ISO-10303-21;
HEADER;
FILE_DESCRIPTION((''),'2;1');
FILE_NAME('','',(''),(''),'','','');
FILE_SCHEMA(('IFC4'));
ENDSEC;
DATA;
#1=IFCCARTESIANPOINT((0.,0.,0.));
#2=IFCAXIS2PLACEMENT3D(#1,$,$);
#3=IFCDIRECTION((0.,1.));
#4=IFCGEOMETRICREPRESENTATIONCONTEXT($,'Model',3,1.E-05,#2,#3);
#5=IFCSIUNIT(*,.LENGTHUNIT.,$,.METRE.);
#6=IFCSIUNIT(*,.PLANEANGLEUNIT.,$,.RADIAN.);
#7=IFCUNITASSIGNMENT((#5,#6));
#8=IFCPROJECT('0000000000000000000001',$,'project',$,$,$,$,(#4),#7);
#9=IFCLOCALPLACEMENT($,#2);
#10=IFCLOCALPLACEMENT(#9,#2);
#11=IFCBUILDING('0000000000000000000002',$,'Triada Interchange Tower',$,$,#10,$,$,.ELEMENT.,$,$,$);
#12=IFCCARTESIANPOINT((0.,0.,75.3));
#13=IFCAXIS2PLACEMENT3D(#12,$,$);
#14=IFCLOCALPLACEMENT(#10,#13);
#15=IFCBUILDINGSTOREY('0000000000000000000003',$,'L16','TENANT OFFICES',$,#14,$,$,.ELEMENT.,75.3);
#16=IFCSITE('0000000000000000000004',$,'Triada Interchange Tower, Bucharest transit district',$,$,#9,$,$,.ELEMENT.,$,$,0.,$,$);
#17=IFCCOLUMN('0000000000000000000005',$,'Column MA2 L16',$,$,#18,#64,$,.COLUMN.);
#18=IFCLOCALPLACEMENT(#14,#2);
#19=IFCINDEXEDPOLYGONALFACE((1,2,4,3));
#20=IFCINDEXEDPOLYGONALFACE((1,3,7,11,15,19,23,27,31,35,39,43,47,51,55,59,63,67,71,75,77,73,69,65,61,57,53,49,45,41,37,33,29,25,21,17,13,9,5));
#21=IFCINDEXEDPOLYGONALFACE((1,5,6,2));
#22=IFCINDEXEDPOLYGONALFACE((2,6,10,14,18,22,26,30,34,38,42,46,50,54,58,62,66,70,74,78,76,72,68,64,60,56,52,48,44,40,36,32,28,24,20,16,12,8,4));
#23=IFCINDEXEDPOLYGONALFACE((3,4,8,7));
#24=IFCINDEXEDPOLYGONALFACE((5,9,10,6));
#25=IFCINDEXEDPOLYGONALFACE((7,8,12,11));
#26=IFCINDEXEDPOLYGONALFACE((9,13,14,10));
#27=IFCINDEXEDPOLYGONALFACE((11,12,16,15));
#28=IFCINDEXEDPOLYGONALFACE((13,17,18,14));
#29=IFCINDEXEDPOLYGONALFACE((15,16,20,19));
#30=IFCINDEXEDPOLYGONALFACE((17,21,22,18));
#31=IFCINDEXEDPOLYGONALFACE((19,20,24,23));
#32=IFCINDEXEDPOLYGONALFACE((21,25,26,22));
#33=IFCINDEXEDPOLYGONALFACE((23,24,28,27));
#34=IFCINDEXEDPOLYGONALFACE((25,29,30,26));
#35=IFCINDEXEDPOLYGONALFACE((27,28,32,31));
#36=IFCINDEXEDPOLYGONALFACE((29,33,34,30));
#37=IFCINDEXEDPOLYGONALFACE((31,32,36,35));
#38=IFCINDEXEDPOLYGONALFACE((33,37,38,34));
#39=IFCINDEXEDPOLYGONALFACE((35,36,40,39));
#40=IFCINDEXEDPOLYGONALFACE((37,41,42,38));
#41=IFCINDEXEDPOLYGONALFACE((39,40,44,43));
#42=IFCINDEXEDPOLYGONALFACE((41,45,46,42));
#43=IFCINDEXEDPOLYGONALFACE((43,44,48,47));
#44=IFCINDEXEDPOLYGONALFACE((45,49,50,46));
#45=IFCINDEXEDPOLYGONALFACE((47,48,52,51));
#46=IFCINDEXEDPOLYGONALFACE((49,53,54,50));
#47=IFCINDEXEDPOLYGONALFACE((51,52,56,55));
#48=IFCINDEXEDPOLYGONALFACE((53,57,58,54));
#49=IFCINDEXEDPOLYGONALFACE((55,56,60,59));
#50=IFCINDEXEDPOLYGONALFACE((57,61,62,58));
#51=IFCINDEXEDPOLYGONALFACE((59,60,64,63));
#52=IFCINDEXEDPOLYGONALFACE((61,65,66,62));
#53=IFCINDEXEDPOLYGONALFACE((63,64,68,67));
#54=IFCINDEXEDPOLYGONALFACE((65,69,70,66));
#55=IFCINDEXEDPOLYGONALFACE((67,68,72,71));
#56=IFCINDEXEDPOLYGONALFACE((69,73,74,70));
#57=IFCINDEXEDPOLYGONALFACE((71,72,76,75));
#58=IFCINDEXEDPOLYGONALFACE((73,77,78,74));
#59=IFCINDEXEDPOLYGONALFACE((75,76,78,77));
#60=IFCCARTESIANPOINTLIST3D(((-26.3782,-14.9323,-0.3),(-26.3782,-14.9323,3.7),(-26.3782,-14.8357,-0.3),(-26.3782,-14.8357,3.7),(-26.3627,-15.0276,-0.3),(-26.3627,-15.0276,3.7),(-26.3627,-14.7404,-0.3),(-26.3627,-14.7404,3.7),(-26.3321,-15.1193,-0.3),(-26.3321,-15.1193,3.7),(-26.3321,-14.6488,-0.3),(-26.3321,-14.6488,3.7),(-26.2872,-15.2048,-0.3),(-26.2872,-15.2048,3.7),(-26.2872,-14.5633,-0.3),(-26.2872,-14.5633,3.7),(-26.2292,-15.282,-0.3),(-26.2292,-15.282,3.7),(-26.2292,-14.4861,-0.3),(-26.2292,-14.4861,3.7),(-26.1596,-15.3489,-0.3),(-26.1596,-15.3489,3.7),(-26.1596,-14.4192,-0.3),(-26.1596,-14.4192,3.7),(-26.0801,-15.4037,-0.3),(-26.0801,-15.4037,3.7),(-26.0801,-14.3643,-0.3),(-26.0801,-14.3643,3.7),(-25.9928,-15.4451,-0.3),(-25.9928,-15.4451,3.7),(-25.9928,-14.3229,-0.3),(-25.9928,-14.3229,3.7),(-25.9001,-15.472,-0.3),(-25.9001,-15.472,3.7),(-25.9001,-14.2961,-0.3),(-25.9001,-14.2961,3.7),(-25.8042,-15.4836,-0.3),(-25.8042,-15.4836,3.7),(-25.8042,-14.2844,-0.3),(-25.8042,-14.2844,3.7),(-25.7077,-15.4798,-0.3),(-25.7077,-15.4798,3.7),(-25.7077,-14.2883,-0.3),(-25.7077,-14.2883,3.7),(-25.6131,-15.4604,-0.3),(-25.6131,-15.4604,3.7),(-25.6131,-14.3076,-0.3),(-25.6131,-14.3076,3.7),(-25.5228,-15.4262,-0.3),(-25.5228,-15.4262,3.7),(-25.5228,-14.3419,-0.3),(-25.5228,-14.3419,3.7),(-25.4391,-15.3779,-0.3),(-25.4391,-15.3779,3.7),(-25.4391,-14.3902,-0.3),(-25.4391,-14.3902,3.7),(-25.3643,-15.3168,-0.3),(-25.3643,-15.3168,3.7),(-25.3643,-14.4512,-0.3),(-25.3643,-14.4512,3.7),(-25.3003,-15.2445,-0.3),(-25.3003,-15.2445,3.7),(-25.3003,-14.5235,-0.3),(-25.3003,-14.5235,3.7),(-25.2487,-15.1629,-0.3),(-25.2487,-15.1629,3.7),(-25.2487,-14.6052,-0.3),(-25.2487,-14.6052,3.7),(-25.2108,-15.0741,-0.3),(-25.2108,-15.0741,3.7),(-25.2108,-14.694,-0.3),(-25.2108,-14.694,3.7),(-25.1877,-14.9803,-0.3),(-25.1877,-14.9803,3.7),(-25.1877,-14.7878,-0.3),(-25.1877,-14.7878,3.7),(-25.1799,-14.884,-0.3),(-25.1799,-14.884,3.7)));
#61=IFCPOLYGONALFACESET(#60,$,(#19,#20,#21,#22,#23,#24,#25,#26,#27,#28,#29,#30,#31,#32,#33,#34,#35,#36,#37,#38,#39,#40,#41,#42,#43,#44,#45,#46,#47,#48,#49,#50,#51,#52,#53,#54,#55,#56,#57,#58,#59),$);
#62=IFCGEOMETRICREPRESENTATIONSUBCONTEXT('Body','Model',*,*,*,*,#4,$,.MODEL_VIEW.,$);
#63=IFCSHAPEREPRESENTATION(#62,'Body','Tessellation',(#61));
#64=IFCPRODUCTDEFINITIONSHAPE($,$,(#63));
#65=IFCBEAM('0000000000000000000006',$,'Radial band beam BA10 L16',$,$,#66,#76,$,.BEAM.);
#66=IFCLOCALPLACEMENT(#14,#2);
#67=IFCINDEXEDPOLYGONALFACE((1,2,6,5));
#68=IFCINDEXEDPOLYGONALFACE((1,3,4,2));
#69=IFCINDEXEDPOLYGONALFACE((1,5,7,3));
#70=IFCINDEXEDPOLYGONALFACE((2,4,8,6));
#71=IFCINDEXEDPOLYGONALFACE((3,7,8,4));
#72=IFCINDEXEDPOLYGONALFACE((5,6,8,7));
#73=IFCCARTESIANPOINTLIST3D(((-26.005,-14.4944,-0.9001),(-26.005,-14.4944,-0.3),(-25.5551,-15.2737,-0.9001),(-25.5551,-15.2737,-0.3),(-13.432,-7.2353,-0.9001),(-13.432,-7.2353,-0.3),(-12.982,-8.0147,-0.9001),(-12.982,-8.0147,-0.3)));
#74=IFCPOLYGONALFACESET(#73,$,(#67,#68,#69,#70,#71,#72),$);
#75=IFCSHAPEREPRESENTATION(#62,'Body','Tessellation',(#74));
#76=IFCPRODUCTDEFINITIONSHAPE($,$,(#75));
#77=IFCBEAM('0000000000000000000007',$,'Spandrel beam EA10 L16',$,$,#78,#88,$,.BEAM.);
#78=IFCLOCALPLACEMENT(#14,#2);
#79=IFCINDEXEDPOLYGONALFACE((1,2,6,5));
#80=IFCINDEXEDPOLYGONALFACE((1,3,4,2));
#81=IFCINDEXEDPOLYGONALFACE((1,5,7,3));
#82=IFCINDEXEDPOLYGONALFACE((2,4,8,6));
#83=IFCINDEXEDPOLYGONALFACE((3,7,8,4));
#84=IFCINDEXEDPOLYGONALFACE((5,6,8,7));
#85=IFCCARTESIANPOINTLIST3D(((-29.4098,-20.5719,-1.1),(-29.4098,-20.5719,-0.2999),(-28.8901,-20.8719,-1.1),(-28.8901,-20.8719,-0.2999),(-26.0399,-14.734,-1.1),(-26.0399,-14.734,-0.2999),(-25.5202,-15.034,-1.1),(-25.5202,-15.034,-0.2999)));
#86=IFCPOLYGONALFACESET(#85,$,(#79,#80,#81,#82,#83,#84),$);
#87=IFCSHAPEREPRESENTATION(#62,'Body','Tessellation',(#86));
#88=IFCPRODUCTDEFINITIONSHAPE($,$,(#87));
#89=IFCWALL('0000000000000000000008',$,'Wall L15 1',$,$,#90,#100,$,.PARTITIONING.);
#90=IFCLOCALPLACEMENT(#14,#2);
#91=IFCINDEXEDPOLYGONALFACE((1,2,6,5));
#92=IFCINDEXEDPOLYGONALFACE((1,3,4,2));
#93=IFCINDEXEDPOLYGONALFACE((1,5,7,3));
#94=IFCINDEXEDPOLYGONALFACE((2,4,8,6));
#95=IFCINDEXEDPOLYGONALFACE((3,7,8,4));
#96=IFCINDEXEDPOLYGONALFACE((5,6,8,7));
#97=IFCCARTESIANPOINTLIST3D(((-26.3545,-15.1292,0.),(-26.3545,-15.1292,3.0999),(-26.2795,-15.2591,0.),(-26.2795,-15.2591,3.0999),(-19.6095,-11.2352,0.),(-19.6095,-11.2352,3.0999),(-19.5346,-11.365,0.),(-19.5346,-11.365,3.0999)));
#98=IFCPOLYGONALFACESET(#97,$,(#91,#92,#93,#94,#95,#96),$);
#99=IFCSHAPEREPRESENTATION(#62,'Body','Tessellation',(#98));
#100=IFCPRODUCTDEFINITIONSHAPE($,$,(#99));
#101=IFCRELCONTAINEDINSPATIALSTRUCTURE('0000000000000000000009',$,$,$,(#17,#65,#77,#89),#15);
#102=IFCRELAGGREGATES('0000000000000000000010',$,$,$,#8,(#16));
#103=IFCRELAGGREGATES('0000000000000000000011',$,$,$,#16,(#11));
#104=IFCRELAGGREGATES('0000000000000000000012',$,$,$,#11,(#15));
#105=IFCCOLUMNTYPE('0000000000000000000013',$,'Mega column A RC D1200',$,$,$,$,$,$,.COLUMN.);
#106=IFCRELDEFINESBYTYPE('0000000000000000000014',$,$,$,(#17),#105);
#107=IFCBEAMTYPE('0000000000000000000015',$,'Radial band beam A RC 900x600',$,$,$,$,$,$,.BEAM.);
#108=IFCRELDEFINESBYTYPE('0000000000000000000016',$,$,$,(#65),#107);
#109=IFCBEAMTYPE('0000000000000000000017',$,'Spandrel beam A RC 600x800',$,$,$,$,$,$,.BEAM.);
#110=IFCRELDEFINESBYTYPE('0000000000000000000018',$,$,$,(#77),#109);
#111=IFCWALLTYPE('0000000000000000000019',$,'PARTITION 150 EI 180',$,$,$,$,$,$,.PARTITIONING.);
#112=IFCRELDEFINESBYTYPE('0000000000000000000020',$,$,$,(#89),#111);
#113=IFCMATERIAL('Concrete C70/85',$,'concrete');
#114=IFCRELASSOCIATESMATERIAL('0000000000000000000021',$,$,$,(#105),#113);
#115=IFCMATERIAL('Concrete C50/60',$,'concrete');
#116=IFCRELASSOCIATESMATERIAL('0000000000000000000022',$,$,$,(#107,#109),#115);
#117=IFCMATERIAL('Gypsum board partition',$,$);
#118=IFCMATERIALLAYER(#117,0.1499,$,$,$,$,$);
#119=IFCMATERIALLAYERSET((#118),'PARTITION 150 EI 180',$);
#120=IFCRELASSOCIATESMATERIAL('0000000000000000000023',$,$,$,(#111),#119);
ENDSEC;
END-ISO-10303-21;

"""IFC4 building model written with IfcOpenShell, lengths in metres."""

from ifc_helpers import new_model, si_unit, direction, frame, frame_2d, origin, origin_2d, place, context, subcontext, project, spatial, rectangle, circle, extrude, material, layer, layer_set, material_profile, profile_set, type_object, element, save


model = new_model("IFC4")

# Units and contexts
model_context = context("Model", 3, precision=1e-05, world=origin(), true_north=direction((0.0, 1.0)))
body_context = subcontext(model_context, "Body", "Model", "MODEL_VIEW")
ifc_project = project(units=[si_unit("LENGTHUNIT", "METRE"), si_unit("PLANEANGLEUNIT", "RADIAN")], contexts=[model_context])

# Site, building, storey
site_placement = place(None, origin())
site = spatial("IfcSite", under=ifc_project, at=site_placement, Name="Triada Interchange Tower, Bucharest transit district", CompositionType="ELEMENT", RefElevation=0.0)
building_placement = place(site_placement, origin())
building = spatial("IfcBuilding", under=site, at=building_placement, Name="Triada Interchange Tower", CompositionType="ELEMENT")
storey_placement = place(building_placement, frame((0.0, 0.0, 75.3)))
storey = spatial("IfcBuildingStorey", under=building, at=storey_placement, Name="L16", Description="TENANT OFFICES", CompositionType="ELEMENT", Elevation=75.3)

# Column
ifc_material_1 = material(Name="Concrete C70/85", Category="concrete")
ifc_material_profile_1 = material_profile(ifc_material_1, circle(Radius=0.6001, at=origin_2d()), Name="RC D1200")
ifc_profile_set_1 = profile_set([ifc_material_profile_1], Name="Concrete C70/85")
column_type = type_object("IfcColumnType", Name="Mega column A RC D1200", PredefinedType="COLUMN", material=ifc_profile_set_1)
column_placement = place(storey_placement, frame((-25.78, -14.884, -0.3), z_axis=(0.0, 0.0, 1.0), x_axis=(1.0, 0.0, 0.0)))
element("IfcColumn", 1, at=column_placement, inside=storey, type_object=column_type, Name="Column MA2 L16", PredefinedType="COLUMN", context=body_context, shape_type="SweptSolid", body=[
    extrude(circle(Radius=0.6001, at=origin_2d()), origin(), (0.0, 0.0, 1.0), 4.0),
])

# Beams
ifc_material_2 = material(Name="Concrete C50/60", Category="concrete")
ifc_material_profile_2 = material_profile(ifc_material_2, rectangle(XDim=0.8999, YDim=0.6001, at=origin_2d()), Name="RC 900x600")
ifc_profile_set_2 = profile_set([ifc_material_profile_2], Name="Concrete C50/60")
beam_type_1 = type_object("IfcBeamType", Name="Radial band beam A RC 900x600", PredefinedType="BEAM", material=ifc_profile_set_2)
beam_1_placement = place(storey_placement, frame((-25.78, -14.884, -0.6001), z_axis=(0.866025, 0.5, 0.0), x_axis=(-0.5, 0.866025, 0.0)))
element("IfcBeam", 2, at=beam_1_placement, inside=storey, type_object=beam_type_1, Name="Radial band beam BA10 L16", PredefinedType="BEAM", context=body_context, shape_type="SweptSolid", body=[
    extrude(rectangle(XDim=0.8999, YDim=0.6001, at=origin_2d()), origin(), (0.0, 0.0, 1.0), 14.5181),
])
ifc_material_profile_3 = material_profile(ifc_material_2, rectangle(XDim=0.6001, YDim=0.8, at=origin_2d()), Name="RC 600x800")
ifc_profile_set_3 = profile_set([ifc_material_profile_3], Name="Concrete C50/60")
beam_type_2 = type_object("IfcBeamType", Name="Spandrel beam A RC 600x800", PredefinedType="BEAM", material=ifc_profile_set_3)
beam_2_placement = place(storey_placement, frame((-25.78, -14.884, -0.7), z_axis=(-0.499929, -0.866066, 0.0), x_axis=(0.866066, -0.499929, 0.0)))
element("IfcBeam", 3, at=beam_2_placement, inside=storey, type_object=beam_type_2, Name="Spandrel beam EA10 L16", PredefinedType="BEAM", context=body_context, shape_type="SweptSolid", body=[
    extrude(rectangle(XDim=0.6001, YDim=0.8, at=origin_2d()), origin(), (0.0, 0.0, 1.0), 6.7407),
])

# Wall
ifc_material_3 = material(Name="Gypsum board partition")
ifc_layer = layer(ifc_material_3, 0.1499)
ifc_layer_set = layer_set([ifc_layer], Name="PARTITION 150 EI 180")
wall_type = type_object("IfcWallType", Name="PARTITION 150 EI 180", PredefinedType="PARTITIONING", material=ifc_layer_set)
wall_placement = place(storey_placement, frame((-26.3169, -15.1941, 0.0), z_axis=(0.0, 0.0, 1.0), x_axis=(0.866032, 0.499989, 0.0)))
element("IfcWall", 4, at=wall_placement, inside=storey, type_object=wall_type, Name="Wall L15 1", PredefinedType="PARTITIONING", context=body_context, shape_type="SweptSolid", body=[
    extrude(rectangle(XDim=7.7883, YDim=0.1499, at=frame_2d((3.894, 0.0))), origin(), (0.0, 0.0, 1.0), 3.0999),
])

save(model, "model.ifc")
